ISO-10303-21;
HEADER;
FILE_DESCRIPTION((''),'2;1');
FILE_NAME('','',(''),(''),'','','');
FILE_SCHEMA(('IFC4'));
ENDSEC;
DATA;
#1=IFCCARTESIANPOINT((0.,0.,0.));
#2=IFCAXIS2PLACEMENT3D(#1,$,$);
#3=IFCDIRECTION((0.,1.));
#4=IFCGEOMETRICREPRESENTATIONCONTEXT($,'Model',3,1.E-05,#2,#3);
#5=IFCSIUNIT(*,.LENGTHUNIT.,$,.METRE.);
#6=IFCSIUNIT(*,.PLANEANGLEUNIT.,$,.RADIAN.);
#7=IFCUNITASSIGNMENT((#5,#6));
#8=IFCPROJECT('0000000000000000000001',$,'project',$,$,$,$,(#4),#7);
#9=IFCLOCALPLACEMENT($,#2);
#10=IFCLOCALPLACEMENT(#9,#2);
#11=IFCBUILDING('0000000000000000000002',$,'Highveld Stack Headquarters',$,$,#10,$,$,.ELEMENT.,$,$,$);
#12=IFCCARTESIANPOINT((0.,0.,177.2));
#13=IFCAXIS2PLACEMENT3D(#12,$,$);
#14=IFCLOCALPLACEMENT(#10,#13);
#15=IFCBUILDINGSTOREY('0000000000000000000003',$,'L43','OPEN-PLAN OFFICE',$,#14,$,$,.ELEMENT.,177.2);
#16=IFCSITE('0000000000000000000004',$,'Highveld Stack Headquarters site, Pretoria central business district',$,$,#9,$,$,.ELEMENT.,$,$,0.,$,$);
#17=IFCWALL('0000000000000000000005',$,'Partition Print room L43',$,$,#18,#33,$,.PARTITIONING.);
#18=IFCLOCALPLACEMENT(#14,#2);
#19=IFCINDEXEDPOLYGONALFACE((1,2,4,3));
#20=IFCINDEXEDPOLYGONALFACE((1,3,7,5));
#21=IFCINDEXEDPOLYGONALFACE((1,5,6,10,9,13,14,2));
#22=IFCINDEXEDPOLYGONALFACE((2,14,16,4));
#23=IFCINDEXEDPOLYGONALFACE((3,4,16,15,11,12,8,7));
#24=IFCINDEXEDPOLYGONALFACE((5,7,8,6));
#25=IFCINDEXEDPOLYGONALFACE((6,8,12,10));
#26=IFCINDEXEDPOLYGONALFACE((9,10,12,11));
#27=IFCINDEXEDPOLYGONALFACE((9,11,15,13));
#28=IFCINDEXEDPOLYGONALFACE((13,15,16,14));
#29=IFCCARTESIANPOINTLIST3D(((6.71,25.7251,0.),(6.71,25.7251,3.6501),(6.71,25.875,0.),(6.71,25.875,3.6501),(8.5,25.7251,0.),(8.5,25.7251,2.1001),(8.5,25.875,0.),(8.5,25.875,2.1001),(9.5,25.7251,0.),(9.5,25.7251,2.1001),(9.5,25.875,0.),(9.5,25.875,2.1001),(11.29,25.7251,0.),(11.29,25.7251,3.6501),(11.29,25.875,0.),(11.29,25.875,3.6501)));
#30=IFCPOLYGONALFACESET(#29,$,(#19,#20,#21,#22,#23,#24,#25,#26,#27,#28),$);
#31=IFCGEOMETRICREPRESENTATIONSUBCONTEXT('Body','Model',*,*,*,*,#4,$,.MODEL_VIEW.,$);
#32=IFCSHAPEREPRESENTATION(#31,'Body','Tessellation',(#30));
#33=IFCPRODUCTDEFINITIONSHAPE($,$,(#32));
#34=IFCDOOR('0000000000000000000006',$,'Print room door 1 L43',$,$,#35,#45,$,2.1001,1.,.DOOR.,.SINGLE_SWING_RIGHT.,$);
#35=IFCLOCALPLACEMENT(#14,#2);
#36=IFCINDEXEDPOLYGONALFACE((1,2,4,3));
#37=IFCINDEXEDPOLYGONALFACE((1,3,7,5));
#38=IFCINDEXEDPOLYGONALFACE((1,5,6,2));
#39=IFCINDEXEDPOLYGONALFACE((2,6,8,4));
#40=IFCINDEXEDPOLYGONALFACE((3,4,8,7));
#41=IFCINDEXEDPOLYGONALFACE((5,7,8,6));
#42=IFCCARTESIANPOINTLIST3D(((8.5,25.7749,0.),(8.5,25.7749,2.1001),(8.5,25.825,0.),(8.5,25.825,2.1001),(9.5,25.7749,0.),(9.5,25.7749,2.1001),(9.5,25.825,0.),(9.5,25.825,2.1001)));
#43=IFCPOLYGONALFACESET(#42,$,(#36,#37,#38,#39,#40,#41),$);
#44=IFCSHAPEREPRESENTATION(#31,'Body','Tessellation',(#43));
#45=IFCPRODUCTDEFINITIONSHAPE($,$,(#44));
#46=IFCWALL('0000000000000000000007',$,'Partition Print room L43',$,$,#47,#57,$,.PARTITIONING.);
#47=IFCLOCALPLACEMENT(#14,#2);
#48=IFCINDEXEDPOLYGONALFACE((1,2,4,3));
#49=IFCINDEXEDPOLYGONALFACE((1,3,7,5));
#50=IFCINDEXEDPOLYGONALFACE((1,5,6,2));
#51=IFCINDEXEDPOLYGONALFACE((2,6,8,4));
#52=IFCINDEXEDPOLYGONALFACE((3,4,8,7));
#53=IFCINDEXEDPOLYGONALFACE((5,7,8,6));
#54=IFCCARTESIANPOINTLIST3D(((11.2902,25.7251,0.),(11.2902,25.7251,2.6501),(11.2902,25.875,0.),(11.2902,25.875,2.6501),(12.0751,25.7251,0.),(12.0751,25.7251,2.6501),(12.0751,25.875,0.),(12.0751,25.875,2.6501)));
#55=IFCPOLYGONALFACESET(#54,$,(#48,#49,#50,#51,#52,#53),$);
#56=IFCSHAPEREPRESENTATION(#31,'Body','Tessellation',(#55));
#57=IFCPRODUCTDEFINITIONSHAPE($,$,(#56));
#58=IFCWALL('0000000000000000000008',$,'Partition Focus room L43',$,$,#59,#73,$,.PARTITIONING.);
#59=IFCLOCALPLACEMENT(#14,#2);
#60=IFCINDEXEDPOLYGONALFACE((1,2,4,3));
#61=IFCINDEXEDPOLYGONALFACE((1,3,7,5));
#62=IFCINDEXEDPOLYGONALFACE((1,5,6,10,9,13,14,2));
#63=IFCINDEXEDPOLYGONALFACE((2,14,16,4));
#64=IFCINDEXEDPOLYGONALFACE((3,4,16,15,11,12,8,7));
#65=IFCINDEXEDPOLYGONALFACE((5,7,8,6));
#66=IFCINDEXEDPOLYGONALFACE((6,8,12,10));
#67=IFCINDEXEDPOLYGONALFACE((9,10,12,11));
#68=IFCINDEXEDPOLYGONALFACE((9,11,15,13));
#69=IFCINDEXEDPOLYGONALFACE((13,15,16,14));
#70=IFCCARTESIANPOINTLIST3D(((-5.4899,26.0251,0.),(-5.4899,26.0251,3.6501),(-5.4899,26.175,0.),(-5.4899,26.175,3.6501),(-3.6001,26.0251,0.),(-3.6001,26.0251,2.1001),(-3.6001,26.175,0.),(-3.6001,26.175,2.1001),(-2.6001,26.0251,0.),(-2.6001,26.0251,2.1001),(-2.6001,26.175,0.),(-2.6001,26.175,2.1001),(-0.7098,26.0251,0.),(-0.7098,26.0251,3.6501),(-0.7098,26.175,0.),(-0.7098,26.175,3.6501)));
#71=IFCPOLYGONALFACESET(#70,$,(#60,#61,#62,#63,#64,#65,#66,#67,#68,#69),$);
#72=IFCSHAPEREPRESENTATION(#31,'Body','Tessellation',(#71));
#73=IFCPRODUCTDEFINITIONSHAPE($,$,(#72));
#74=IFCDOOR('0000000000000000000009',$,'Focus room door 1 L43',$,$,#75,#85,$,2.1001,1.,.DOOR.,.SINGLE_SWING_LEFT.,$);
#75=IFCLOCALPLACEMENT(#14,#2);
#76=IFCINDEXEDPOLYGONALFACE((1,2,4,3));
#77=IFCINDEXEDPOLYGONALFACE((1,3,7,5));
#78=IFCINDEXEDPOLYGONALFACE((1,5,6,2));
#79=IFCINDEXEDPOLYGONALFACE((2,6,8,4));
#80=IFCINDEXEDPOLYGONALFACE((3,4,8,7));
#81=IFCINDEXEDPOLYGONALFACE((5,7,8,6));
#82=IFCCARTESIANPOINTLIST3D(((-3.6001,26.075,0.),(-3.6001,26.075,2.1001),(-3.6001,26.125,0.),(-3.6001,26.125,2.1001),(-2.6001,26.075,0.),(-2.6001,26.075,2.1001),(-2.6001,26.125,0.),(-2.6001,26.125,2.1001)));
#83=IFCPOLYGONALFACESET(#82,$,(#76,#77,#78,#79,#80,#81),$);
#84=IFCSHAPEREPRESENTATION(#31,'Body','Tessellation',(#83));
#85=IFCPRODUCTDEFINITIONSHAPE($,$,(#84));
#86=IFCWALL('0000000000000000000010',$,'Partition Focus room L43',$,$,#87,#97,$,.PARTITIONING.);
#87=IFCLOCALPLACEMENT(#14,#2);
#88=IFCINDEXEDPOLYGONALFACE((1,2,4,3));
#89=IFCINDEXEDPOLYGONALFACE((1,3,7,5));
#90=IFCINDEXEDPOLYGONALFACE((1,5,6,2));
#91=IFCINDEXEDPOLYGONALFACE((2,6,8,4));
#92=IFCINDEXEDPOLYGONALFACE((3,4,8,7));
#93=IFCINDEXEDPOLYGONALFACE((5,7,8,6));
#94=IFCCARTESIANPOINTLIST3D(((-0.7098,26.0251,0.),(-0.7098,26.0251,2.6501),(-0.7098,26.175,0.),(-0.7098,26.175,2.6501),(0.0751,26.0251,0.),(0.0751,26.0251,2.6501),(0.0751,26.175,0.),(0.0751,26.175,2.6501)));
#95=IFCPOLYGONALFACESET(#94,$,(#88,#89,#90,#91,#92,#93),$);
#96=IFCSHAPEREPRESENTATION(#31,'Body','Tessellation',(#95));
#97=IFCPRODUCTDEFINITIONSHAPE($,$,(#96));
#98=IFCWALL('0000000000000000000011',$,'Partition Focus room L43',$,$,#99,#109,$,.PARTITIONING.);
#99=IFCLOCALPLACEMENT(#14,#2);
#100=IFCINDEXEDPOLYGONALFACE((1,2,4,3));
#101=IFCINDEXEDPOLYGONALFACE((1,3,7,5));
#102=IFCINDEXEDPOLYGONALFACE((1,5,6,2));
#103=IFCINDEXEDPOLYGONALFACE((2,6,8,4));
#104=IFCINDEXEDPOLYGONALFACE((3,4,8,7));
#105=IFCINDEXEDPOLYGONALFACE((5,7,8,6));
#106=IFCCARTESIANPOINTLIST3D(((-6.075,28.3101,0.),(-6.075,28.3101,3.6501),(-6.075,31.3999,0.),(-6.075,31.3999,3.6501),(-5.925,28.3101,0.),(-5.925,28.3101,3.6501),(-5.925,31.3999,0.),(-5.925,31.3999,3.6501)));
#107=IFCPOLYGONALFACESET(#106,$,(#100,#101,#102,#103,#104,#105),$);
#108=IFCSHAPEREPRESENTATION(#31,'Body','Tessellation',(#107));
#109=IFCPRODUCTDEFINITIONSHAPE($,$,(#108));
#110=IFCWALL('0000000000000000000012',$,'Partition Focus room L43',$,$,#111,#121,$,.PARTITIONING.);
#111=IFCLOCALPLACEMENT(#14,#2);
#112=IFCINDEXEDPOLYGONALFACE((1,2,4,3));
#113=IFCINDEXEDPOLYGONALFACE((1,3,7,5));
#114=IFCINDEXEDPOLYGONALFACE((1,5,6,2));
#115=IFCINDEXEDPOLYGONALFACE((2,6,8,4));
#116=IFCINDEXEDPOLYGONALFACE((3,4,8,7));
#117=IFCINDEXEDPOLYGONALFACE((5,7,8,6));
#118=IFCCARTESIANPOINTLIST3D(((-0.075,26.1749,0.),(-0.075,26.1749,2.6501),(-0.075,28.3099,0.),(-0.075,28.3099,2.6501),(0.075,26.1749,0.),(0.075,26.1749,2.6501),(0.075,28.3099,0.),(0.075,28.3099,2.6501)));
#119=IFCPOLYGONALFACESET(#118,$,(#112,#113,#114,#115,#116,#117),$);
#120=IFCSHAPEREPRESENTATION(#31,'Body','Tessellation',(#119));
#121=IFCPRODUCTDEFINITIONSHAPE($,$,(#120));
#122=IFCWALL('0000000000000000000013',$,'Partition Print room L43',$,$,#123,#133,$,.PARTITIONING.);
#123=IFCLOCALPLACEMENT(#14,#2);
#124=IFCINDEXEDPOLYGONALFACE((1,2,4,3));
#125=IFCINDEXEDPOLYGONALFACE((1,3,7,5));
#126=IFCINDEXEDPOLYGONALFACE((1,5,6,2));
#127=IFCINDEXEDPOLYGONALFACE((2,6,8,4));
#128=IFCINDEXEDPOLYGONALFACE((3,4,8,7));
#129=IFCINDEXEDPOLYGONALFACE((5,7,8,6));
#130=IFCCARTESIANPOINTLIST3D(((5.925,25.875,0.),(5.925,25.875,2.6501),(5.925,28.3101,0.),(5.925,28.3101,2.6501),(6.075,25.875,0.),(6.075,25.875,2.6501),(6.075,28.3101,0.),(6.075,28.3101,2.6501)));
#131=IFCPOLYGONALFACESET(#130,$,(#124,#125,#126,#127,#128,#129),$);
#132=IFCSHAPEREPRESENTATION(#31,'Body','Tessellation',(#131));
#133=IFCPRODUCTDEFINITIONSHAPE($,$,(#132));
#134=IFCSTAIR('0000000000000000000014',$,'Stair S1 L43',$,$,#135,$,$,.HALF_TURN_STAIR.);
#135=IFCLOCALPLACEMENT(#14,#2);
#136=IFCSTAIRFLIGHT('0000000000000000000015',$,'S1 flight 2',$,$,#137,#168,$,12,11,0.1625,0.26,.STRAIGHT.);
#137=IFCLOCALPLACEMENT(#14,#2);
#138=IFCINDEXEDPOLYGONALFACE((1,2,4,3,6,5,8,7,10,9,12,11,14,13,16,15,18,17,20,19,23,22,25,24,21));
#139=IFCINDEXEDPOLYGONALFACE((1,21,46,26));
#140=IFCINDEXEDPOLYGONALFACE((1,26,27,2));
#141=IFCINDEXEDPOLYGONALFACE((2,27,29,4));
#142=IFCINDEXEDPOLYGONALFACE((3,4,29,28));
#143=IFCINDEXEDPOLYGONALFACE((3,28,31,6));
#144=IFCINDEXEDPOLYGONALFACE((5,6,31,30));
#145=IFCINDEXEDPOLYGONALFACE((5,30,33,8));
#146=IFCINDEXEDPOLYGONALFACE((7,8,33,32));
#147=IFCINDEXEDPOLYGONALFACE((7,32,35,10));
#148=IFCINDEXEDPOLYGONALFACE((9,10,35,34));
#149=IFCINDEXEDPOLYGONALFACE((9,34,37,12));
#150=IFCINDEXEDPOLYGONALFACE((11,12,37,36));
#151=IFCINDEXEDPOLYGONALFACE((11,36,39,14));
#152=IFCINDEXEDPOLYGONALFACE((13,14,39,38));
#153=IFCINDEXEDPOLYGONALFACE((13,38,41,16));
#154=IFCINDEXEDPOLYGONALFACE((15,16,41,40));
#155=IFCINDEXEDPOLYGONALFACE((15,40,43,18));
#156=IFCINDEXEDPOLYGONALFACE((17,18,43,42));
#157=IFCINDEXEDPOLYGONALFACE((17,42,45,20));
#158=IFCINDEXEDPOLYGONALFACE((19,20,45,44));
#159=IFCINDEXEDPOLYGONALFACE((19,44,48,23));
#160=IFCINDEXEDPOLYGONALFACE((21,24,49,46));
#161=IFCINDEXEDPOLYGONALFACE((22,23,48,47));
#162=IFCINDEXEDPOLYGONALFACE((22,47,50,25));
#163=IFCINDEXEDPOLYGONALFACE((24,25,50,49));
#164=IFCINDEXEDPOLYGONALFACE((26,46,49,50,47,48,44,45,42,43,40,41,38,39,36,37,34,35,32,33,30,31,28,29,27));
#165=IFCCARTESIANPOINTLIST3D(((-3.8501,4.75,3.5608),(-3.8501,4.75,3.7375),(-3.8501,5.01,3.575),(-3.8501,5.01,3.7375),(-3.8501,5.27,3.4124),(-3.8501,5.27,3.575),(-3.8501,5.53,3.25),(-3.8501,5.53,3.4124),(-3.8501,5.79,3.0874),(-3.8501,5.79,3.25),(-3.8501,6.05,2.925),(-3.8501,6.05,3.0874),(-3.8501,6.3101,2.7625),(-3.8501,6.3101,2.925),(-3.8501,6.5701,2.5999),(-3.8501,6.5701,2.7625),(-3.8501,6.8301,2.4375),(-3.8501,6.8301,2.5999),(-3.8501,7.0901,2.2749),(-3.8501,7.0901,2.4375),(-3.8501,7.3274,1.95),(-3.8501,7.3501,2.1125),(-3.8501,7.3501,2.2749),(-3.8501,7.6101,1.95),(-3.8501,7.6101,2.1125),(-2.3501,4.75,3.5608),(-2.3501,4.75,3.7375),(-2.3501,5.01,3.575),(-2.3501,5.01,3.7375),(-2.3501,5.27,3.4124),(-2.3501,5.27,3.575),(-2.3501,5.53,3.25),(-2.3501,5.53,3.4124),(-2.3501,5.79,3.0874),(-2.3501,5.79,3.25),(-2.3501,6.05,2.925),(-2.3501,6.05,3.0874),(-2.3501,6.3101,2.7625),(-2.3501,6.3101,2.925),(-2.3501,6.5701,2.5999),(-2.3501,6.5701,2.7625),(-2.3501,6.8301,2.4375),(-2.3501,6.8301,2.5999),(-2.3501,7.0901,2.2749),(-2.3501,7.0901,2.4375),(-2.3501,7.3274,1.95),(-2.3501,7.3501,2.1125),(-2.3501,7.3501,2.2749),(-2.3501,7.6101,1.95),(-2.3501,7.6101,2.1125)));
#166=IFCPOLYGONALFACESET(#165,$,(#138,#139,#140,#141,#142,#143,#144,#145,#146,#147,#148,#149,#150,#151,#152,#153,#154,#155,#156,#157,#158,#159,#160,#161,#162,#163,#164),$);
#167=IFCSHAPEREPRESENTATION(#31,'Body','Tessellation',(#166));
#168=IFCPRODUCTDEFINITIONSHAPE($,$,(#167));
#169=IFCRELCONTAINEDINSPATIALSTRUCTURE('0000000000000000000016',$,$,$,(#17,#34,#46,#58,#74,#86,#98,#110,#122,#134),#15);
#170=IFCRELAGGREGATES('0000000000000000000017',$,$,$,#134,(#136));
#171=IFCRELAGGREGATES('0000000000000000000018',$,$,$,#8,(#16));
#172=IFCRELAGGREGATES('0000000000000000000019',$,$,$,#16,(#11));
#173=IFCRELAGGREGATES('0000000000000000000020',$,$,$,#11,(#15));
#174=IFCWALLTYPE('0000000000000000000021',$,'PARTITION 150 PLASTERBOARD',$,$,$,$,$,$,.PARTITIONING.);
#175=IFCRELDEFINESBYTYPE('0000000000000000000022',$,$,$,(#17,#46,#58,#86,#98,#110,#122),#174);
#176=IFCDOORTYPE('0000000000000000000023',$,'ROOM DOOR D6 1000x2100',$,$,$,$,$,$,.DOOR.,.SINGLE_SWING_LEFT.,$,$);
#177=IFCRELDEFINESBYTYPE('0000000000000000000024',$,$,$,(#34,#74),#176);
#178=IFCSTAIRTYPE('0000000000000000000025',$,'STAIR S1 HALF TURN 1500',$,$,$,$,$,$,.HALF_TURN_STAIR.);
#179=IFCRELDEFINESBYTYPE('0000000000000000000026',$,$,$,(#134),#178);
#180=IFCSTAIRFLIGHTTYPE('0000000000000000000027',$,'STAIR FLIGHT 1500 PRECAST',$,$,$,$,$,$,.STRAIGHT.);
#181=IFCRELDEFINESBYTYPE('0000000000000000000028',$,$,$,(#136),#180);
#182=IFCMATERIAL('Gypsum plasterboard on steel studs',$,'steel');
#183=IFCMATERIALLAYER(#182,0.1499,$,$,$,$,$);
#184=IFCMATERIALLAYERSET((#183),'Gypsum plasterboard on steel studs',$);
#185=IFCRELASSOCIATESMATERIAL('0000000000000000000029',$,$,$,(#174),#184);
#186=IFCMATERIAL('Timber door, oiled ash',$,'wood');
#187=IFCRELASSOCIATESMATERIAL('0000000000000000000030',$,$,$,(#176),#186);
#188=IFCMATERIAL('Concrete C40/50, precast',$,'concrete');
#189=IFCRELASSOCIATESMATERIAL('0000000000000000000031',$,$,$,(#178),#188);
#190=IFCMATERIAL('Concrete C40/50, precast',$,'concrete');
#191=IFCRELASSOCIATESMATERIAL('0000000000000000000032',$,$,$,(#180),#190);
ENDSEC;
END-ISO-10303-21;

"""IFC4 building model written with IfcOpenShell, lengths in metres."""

from ifc_helpers import new_model, si_unit, direction, frame, frame_2d, origin, place, context, subcontext, project, spatial, polyline, rectangle, outline, extrude, material, layer, layer_set, type_object, element, fill, aggregate, save


model = new_model("IFC4")

# Units and contexts
model_context = context("Model", 3, precision=1e-05, world=origin(), true_north=direction((0.0, 1.0)))
body_context = subcontext(model_context, "Body", "Model", "MODEL_VIEW")
ifc_project = project(units=[si_unit("LENGTHUNIT", "METRE"), si_unit("PLANEANGLEUNIT", "RADIAN")], contexts=[model_context])

# Site, building, storey
site_placement = place(None, origin())
site = spatial("IfcSite", under=ifc_project, at=site_placement, Name="Highveld Stack Headquarters site, Pretoria central business district", CompositionType="ELEMENT", RefElevation=0.0)
building_placement = place(site_placement, origin())
building = spatial("IfcBuilding", under=site, at=building_placement, Name="Highveld Stack Headquarters", CompositionType="ELEMENT")
storey_placement = place(building_placement, frame((0.0, 0.0, 177.2)))
storey = spatial("IfcBuildingStorey", under=building, at=storey_placement, Name="L43", Description="OPEN-PLAN OFFICE", CompositionType="ELEMENT", Elevation=177.2)

# Shared definitions
ifc_material_1 = material(Name="Gypsum plasterboard on steel studs", Category="steel")
ifc_layer_1 = layer(ifc_material_1, 0.1499)
ifc_layer_set_1 = layer_set([ifc_layer_1], Name="Gypsum plasterboard on steel studs")
wall_type_1 = type_object("IfcWallType", Name="PARTITION 150 PLASTERBOARD", PredefinedType="PARTITIONING", material=ifc_layer_set_1)

# Wall, opening, door
wall_1_placement = place(storey_placement, frame((6.71, 25.8, 0.0), z_axis=(0.0, 0.0, 1.0), x_axis=(1.0, 0.0, 0.0)))
wall_1 = element("IfcWall", 1, at=wall_1_placement, inside=storey, type_object=wall_type_1, Name="Partition Print room L43", PredefinedType="PARTITIONING", context=body_context, shape_type="SweptSolid", body=[
    extrude(rectangle(XDim=4.5801, YDim=0.1499, at=frame_2d((2.29, 0.0))), origin(), (0.0, 0.0, 1.0), 3.6501),
])
opening_1_placement = place(wall_1_placement, frame((1.79, 0.0, 0.0)))
opening_1 = element("IfcOpeningElement", 2, at=opening_1_placement, cuts=wall_1, PredefinedType="OPENING", context=body_context, shape_type="SweptSolid", body=[
    extrude(rectangle(XDim=1.0, YDim=2.1001, at=frame_2d((0.5, 1.05))), frame((0.0, 0.085, 0.0), z_axis=(0.0, -1.0, 0.0), x_axis=(1.0, 0.0, 0.0)), (0.0, 0.0, 1.0), 0.1699),
])
ifc_material_2 = material(Name="Timber door, oiled ash", Category="wood")
door_type_1 = type_object("IfcDoorType", Name="ROOM DOOR D6 1000x2100", OperationType="SINGLE_SWING_LEFT", PredefinedType="DOOR", material=ifc_material_2)
door_1_placement = place(opening_1_placement, origin())
door_1 = element("IfcDoor", 3, at=door_1_placement, inside=storey, type_object=door_type_1, Name="Print room door 1 L43", OperationType="SINGLE_SWING_RIGHT", OverallHeight=2.1001, OverallWidth=1.0, PredefinedType="DOOR", context=body_context, shape_type="SweptSolid", body=[
    extrude(rectangle(XDim=1.0, YDim=2.1001, at=frame_2d((0.5, 1.05))), frame((0.0, 0.0249, 0.0), z_axis=(0.0, -1.0, 0.0), x_axis=(1.0, 0.0, 0.0)), (0.0, 0.0, 1.0), 0.05),
])
fill(opening_1, door_1)

# Wall
wall_2_placement = place(storey_placement, frame((11.29, 25.8, 0.0), z_axis=(0.0, 0.0, 1.0), x_axis=(1.0, 0.0, 0.0)))
element("IfcWall", 4, at=wall_2_placement, inside=storey, type_object=wall_type_1, Name="Partition Print room L43", PredefinedType="PARTITIONING", context=body_context, shape_type="SweptSolid", body=[
    extrude(rectangle(XDim=0.7849, YDim=0.1499, at=frame_2d((0.3926, 0.0))), origin(), (0.0, 0.0, 1.0), 2.6501),
])

# Wall, opening, door
wall_3_placement = place(storey_placement, frame((-5.49, 26.1001, 0.0), z_axis=(0.0, 0.0, 1.0), x_axis=(1.0, 0.0, 0.0)))
wall_3 = element("IfcWall", 5, at=wall_3_placement, inside=storey, type_object=wall_type_1, Name="Partition Focus room L43", PredefinedType="PARTITIONING", context=body_context, shape_type="SweptSolid", body=[
    extrude(rectangle(XDim=4.78, YDim=0.1499, at=frame_2d((2.3901, 0.0))), origin(), (0.0, 0.0, 1.0), 3.6501),
])
opening_2_placement = place(wall_3_placement, frame((1.8899, 0.0, 0.0)))
opening_2 = element("IfcOpeningElement", 6, at=opening_2_placement, cuts=wall_3, PredefinedType="OPENING", context=body_context, shape_type="SweptSolid", body=[
    extrude(rectangle(XDim=1.0, YDim=2.1001, at=frame_2d((0.5, 1.05))), frame((0.0, 0.085, 0.0), z_axis=(0.0, -1.0, 0.0), x_axis=(1.0, 0.0, 0.0)), (0.0, 0.0, 1.0), 0.1699),
])
door_2_placement = place(opening_2_placement, origin())
door_2 = element("IfcDoor", 7, at=door_2_placement, inside=storey, type_object=door_type_1, Name="Focus room door 1 L43", OperationType="SINGLE_SWING_LEFT", OverallHeight=2.1001, OverallWidth=1.0, PredefinedType="DOOR", context=body_context, shape_type="SweptSolid", body=[
    extrude(rectangle(XDim=1.0, YDim=2.1001, at=frame_2d((0.5, 1.05))), frame((0.0, 0.0249, 0.0), z_axis=(0.0, -1.0, 0.0), x_axis=(1.0, 0.0, 0.0)), (0.0, 0.0, 1.0), 0.05),
])
fill(opening_2, door_2)

# Walls
wall_4_placement = place(storey_placement, frame((-0.71, 26.1001, 0.0), z_axis=(0.0, 0.0, 1.0), x_axis=(1.0, 0.0, 0.0)))
element("IfcWall", 8, at=wall_4_placement, inside=storey, type_object=wall_type_1, Name="Partition Focus room L43", PredefinedType="PARTITIONING", context=body_context, shape_type="SweptSolid", body=[
    extrude(rectangle(XDim=0.7849, YDim=0.1499, at=frame_2d((0.3926, 0.0))), origin(), (0.0, 0.0, 1.0), 2.6501),
])
wall_5_placement = place(storey_placement, frame((-6.0, 28.3101, 0.0), z_axis=(0.0, 0.0, 1.0), x_axis=(0.0, 1.0, 0.0)))
element("IfcWall", 9, at=wall_5_placement, inside=storey, type_object=wall_type_1, Name="Partition Focus room L43", PredefinedType="PARTITIONING", context=body_context, shape_type="SweptSolid", body=[
    extrude(rectangle(XDim=3.0898, YDim=0.1499, at=frame_2d((1.5449, 0.0))), origin(), (0.0, 0.0, 1.0), 3.6501),
])
wall_6_placement = place(storey_placement, frame((0.0, 26.175, 0.0), z_axis=(0.0, 0.0, 1.0), x_axis=(0.0, 1.0, 0.0)))
element("IfcWall", 10, at=wall_6_placement, inside=storey, type_object=wall_type_1, Name="Partition Focus room L43", PredefinedType="PARTITIONING", context=body_context, shape_type="SweptSolid", body=[
    extrude(rectangle(XDim=2.135, YDim=0.1499, at=frame_2d((1.0674, 0.0))), origin(), (0.0, 0.0, 1.0), 2.6501),
])
wall_7_placement = place(storey_placement, frame((6.0, 25.875, 0.0), z_axis=(0.0, 0.0, 1.0), x_axis=(0.0, 1.0, 0.0)))
element("IfcWall", 11, at=wall_7_placement, inside=storey, type_object=wall_type_1, Name="Partition Print room L43", PredefinedType="PARTITIONING", context=body_context, shape_type="SweptSolid", body=[
    extrude(rectangle(XDim=2.4351, YDim=0.1499, at=frame_2d((1.2175, 0.0))), origin(), (0.0, 0.0, 1.0), 2.6501),
])

# Stair, stair flight
ifc_material_3 = material(Name="Concrete C40/50, precast", Category="concrete")
stair_type = type_object("IfcStairType", Name="STAIR S1 HALF TURN 1500", PredefinedType="HALF_TURN_STAIR", material=ifc_material_3)
stair_placement = place(storey_placement, origin())
stair = element("IfcStair", 12, at=stair_placement, inside=storey, type_object=stair_type, Name="Stair S1 L43", PredefinedType="HALF_TURN_STAIR")
ifc_material_4 = material(Name="Concrete C40/50, precast", Category="concrete")
stair_flight_type = type_object("IfcStairFlightType", Name="STAIR FLIGHT 1500 PRECAST", PredefinedType="STRAIGHT", material=ifc_material_4)
stair_flight_placement = place(storey_placement, frame((-3.1001, 7.6101, 1.95), z_axis=(0.0, 0.0, 1.0), x_axis=(0.0, -1.0, 0.0)))
stair_flight = element("IfcStairFlight", 13, at=stair_flight_placement, type_object=stair_flight_type, Name="S1 flight 2", NumberOfRisers=12, NumberOfTreads=11, PredefinedType="STRAIGHT", RiserHeight=0.1625, TreadLength=0.26, context=body_context, shape_type="SweptSolid", body=[
    extrude(outline(polyline([(0.0, 0.0), (0.0, 0.1626), (0.26, 0.1626), (0.26, 0.325), (0.52, 0.325), (0.52, 0.4875), (0.78, 0.4875), (0.78, 0.6499), (1.04, 0.6499), (1.04, 0.8125), (1.3, 0.8125), (1.3, 0.9751), (1.5601, 0.9751), (1.5601, 1.1375), (1.8201, 1.1375), (1.8201, 1.3), (2.0801, 1.3), (2.0801, 1.4624), (2.3401, 1.4624), (2.3401, 1.625), (2.6001, 1.625), (2.6001, 1.7876), (2.8601, 1.7876), (2.8601, 1.95), (2.8601, 1.6108), (0.2827, 0.0), (0.0, 0.0)])), frame((0.0, 0.75, 0.0), z_axis=(0.0, -1.0, 0.0), x_axis=(1.0, 0.0, 0.0)), (0.0, 0.0, 1.0), 1.5),
])
aggregate(stair, [stair_flight])

save(model, "model.ifc")
